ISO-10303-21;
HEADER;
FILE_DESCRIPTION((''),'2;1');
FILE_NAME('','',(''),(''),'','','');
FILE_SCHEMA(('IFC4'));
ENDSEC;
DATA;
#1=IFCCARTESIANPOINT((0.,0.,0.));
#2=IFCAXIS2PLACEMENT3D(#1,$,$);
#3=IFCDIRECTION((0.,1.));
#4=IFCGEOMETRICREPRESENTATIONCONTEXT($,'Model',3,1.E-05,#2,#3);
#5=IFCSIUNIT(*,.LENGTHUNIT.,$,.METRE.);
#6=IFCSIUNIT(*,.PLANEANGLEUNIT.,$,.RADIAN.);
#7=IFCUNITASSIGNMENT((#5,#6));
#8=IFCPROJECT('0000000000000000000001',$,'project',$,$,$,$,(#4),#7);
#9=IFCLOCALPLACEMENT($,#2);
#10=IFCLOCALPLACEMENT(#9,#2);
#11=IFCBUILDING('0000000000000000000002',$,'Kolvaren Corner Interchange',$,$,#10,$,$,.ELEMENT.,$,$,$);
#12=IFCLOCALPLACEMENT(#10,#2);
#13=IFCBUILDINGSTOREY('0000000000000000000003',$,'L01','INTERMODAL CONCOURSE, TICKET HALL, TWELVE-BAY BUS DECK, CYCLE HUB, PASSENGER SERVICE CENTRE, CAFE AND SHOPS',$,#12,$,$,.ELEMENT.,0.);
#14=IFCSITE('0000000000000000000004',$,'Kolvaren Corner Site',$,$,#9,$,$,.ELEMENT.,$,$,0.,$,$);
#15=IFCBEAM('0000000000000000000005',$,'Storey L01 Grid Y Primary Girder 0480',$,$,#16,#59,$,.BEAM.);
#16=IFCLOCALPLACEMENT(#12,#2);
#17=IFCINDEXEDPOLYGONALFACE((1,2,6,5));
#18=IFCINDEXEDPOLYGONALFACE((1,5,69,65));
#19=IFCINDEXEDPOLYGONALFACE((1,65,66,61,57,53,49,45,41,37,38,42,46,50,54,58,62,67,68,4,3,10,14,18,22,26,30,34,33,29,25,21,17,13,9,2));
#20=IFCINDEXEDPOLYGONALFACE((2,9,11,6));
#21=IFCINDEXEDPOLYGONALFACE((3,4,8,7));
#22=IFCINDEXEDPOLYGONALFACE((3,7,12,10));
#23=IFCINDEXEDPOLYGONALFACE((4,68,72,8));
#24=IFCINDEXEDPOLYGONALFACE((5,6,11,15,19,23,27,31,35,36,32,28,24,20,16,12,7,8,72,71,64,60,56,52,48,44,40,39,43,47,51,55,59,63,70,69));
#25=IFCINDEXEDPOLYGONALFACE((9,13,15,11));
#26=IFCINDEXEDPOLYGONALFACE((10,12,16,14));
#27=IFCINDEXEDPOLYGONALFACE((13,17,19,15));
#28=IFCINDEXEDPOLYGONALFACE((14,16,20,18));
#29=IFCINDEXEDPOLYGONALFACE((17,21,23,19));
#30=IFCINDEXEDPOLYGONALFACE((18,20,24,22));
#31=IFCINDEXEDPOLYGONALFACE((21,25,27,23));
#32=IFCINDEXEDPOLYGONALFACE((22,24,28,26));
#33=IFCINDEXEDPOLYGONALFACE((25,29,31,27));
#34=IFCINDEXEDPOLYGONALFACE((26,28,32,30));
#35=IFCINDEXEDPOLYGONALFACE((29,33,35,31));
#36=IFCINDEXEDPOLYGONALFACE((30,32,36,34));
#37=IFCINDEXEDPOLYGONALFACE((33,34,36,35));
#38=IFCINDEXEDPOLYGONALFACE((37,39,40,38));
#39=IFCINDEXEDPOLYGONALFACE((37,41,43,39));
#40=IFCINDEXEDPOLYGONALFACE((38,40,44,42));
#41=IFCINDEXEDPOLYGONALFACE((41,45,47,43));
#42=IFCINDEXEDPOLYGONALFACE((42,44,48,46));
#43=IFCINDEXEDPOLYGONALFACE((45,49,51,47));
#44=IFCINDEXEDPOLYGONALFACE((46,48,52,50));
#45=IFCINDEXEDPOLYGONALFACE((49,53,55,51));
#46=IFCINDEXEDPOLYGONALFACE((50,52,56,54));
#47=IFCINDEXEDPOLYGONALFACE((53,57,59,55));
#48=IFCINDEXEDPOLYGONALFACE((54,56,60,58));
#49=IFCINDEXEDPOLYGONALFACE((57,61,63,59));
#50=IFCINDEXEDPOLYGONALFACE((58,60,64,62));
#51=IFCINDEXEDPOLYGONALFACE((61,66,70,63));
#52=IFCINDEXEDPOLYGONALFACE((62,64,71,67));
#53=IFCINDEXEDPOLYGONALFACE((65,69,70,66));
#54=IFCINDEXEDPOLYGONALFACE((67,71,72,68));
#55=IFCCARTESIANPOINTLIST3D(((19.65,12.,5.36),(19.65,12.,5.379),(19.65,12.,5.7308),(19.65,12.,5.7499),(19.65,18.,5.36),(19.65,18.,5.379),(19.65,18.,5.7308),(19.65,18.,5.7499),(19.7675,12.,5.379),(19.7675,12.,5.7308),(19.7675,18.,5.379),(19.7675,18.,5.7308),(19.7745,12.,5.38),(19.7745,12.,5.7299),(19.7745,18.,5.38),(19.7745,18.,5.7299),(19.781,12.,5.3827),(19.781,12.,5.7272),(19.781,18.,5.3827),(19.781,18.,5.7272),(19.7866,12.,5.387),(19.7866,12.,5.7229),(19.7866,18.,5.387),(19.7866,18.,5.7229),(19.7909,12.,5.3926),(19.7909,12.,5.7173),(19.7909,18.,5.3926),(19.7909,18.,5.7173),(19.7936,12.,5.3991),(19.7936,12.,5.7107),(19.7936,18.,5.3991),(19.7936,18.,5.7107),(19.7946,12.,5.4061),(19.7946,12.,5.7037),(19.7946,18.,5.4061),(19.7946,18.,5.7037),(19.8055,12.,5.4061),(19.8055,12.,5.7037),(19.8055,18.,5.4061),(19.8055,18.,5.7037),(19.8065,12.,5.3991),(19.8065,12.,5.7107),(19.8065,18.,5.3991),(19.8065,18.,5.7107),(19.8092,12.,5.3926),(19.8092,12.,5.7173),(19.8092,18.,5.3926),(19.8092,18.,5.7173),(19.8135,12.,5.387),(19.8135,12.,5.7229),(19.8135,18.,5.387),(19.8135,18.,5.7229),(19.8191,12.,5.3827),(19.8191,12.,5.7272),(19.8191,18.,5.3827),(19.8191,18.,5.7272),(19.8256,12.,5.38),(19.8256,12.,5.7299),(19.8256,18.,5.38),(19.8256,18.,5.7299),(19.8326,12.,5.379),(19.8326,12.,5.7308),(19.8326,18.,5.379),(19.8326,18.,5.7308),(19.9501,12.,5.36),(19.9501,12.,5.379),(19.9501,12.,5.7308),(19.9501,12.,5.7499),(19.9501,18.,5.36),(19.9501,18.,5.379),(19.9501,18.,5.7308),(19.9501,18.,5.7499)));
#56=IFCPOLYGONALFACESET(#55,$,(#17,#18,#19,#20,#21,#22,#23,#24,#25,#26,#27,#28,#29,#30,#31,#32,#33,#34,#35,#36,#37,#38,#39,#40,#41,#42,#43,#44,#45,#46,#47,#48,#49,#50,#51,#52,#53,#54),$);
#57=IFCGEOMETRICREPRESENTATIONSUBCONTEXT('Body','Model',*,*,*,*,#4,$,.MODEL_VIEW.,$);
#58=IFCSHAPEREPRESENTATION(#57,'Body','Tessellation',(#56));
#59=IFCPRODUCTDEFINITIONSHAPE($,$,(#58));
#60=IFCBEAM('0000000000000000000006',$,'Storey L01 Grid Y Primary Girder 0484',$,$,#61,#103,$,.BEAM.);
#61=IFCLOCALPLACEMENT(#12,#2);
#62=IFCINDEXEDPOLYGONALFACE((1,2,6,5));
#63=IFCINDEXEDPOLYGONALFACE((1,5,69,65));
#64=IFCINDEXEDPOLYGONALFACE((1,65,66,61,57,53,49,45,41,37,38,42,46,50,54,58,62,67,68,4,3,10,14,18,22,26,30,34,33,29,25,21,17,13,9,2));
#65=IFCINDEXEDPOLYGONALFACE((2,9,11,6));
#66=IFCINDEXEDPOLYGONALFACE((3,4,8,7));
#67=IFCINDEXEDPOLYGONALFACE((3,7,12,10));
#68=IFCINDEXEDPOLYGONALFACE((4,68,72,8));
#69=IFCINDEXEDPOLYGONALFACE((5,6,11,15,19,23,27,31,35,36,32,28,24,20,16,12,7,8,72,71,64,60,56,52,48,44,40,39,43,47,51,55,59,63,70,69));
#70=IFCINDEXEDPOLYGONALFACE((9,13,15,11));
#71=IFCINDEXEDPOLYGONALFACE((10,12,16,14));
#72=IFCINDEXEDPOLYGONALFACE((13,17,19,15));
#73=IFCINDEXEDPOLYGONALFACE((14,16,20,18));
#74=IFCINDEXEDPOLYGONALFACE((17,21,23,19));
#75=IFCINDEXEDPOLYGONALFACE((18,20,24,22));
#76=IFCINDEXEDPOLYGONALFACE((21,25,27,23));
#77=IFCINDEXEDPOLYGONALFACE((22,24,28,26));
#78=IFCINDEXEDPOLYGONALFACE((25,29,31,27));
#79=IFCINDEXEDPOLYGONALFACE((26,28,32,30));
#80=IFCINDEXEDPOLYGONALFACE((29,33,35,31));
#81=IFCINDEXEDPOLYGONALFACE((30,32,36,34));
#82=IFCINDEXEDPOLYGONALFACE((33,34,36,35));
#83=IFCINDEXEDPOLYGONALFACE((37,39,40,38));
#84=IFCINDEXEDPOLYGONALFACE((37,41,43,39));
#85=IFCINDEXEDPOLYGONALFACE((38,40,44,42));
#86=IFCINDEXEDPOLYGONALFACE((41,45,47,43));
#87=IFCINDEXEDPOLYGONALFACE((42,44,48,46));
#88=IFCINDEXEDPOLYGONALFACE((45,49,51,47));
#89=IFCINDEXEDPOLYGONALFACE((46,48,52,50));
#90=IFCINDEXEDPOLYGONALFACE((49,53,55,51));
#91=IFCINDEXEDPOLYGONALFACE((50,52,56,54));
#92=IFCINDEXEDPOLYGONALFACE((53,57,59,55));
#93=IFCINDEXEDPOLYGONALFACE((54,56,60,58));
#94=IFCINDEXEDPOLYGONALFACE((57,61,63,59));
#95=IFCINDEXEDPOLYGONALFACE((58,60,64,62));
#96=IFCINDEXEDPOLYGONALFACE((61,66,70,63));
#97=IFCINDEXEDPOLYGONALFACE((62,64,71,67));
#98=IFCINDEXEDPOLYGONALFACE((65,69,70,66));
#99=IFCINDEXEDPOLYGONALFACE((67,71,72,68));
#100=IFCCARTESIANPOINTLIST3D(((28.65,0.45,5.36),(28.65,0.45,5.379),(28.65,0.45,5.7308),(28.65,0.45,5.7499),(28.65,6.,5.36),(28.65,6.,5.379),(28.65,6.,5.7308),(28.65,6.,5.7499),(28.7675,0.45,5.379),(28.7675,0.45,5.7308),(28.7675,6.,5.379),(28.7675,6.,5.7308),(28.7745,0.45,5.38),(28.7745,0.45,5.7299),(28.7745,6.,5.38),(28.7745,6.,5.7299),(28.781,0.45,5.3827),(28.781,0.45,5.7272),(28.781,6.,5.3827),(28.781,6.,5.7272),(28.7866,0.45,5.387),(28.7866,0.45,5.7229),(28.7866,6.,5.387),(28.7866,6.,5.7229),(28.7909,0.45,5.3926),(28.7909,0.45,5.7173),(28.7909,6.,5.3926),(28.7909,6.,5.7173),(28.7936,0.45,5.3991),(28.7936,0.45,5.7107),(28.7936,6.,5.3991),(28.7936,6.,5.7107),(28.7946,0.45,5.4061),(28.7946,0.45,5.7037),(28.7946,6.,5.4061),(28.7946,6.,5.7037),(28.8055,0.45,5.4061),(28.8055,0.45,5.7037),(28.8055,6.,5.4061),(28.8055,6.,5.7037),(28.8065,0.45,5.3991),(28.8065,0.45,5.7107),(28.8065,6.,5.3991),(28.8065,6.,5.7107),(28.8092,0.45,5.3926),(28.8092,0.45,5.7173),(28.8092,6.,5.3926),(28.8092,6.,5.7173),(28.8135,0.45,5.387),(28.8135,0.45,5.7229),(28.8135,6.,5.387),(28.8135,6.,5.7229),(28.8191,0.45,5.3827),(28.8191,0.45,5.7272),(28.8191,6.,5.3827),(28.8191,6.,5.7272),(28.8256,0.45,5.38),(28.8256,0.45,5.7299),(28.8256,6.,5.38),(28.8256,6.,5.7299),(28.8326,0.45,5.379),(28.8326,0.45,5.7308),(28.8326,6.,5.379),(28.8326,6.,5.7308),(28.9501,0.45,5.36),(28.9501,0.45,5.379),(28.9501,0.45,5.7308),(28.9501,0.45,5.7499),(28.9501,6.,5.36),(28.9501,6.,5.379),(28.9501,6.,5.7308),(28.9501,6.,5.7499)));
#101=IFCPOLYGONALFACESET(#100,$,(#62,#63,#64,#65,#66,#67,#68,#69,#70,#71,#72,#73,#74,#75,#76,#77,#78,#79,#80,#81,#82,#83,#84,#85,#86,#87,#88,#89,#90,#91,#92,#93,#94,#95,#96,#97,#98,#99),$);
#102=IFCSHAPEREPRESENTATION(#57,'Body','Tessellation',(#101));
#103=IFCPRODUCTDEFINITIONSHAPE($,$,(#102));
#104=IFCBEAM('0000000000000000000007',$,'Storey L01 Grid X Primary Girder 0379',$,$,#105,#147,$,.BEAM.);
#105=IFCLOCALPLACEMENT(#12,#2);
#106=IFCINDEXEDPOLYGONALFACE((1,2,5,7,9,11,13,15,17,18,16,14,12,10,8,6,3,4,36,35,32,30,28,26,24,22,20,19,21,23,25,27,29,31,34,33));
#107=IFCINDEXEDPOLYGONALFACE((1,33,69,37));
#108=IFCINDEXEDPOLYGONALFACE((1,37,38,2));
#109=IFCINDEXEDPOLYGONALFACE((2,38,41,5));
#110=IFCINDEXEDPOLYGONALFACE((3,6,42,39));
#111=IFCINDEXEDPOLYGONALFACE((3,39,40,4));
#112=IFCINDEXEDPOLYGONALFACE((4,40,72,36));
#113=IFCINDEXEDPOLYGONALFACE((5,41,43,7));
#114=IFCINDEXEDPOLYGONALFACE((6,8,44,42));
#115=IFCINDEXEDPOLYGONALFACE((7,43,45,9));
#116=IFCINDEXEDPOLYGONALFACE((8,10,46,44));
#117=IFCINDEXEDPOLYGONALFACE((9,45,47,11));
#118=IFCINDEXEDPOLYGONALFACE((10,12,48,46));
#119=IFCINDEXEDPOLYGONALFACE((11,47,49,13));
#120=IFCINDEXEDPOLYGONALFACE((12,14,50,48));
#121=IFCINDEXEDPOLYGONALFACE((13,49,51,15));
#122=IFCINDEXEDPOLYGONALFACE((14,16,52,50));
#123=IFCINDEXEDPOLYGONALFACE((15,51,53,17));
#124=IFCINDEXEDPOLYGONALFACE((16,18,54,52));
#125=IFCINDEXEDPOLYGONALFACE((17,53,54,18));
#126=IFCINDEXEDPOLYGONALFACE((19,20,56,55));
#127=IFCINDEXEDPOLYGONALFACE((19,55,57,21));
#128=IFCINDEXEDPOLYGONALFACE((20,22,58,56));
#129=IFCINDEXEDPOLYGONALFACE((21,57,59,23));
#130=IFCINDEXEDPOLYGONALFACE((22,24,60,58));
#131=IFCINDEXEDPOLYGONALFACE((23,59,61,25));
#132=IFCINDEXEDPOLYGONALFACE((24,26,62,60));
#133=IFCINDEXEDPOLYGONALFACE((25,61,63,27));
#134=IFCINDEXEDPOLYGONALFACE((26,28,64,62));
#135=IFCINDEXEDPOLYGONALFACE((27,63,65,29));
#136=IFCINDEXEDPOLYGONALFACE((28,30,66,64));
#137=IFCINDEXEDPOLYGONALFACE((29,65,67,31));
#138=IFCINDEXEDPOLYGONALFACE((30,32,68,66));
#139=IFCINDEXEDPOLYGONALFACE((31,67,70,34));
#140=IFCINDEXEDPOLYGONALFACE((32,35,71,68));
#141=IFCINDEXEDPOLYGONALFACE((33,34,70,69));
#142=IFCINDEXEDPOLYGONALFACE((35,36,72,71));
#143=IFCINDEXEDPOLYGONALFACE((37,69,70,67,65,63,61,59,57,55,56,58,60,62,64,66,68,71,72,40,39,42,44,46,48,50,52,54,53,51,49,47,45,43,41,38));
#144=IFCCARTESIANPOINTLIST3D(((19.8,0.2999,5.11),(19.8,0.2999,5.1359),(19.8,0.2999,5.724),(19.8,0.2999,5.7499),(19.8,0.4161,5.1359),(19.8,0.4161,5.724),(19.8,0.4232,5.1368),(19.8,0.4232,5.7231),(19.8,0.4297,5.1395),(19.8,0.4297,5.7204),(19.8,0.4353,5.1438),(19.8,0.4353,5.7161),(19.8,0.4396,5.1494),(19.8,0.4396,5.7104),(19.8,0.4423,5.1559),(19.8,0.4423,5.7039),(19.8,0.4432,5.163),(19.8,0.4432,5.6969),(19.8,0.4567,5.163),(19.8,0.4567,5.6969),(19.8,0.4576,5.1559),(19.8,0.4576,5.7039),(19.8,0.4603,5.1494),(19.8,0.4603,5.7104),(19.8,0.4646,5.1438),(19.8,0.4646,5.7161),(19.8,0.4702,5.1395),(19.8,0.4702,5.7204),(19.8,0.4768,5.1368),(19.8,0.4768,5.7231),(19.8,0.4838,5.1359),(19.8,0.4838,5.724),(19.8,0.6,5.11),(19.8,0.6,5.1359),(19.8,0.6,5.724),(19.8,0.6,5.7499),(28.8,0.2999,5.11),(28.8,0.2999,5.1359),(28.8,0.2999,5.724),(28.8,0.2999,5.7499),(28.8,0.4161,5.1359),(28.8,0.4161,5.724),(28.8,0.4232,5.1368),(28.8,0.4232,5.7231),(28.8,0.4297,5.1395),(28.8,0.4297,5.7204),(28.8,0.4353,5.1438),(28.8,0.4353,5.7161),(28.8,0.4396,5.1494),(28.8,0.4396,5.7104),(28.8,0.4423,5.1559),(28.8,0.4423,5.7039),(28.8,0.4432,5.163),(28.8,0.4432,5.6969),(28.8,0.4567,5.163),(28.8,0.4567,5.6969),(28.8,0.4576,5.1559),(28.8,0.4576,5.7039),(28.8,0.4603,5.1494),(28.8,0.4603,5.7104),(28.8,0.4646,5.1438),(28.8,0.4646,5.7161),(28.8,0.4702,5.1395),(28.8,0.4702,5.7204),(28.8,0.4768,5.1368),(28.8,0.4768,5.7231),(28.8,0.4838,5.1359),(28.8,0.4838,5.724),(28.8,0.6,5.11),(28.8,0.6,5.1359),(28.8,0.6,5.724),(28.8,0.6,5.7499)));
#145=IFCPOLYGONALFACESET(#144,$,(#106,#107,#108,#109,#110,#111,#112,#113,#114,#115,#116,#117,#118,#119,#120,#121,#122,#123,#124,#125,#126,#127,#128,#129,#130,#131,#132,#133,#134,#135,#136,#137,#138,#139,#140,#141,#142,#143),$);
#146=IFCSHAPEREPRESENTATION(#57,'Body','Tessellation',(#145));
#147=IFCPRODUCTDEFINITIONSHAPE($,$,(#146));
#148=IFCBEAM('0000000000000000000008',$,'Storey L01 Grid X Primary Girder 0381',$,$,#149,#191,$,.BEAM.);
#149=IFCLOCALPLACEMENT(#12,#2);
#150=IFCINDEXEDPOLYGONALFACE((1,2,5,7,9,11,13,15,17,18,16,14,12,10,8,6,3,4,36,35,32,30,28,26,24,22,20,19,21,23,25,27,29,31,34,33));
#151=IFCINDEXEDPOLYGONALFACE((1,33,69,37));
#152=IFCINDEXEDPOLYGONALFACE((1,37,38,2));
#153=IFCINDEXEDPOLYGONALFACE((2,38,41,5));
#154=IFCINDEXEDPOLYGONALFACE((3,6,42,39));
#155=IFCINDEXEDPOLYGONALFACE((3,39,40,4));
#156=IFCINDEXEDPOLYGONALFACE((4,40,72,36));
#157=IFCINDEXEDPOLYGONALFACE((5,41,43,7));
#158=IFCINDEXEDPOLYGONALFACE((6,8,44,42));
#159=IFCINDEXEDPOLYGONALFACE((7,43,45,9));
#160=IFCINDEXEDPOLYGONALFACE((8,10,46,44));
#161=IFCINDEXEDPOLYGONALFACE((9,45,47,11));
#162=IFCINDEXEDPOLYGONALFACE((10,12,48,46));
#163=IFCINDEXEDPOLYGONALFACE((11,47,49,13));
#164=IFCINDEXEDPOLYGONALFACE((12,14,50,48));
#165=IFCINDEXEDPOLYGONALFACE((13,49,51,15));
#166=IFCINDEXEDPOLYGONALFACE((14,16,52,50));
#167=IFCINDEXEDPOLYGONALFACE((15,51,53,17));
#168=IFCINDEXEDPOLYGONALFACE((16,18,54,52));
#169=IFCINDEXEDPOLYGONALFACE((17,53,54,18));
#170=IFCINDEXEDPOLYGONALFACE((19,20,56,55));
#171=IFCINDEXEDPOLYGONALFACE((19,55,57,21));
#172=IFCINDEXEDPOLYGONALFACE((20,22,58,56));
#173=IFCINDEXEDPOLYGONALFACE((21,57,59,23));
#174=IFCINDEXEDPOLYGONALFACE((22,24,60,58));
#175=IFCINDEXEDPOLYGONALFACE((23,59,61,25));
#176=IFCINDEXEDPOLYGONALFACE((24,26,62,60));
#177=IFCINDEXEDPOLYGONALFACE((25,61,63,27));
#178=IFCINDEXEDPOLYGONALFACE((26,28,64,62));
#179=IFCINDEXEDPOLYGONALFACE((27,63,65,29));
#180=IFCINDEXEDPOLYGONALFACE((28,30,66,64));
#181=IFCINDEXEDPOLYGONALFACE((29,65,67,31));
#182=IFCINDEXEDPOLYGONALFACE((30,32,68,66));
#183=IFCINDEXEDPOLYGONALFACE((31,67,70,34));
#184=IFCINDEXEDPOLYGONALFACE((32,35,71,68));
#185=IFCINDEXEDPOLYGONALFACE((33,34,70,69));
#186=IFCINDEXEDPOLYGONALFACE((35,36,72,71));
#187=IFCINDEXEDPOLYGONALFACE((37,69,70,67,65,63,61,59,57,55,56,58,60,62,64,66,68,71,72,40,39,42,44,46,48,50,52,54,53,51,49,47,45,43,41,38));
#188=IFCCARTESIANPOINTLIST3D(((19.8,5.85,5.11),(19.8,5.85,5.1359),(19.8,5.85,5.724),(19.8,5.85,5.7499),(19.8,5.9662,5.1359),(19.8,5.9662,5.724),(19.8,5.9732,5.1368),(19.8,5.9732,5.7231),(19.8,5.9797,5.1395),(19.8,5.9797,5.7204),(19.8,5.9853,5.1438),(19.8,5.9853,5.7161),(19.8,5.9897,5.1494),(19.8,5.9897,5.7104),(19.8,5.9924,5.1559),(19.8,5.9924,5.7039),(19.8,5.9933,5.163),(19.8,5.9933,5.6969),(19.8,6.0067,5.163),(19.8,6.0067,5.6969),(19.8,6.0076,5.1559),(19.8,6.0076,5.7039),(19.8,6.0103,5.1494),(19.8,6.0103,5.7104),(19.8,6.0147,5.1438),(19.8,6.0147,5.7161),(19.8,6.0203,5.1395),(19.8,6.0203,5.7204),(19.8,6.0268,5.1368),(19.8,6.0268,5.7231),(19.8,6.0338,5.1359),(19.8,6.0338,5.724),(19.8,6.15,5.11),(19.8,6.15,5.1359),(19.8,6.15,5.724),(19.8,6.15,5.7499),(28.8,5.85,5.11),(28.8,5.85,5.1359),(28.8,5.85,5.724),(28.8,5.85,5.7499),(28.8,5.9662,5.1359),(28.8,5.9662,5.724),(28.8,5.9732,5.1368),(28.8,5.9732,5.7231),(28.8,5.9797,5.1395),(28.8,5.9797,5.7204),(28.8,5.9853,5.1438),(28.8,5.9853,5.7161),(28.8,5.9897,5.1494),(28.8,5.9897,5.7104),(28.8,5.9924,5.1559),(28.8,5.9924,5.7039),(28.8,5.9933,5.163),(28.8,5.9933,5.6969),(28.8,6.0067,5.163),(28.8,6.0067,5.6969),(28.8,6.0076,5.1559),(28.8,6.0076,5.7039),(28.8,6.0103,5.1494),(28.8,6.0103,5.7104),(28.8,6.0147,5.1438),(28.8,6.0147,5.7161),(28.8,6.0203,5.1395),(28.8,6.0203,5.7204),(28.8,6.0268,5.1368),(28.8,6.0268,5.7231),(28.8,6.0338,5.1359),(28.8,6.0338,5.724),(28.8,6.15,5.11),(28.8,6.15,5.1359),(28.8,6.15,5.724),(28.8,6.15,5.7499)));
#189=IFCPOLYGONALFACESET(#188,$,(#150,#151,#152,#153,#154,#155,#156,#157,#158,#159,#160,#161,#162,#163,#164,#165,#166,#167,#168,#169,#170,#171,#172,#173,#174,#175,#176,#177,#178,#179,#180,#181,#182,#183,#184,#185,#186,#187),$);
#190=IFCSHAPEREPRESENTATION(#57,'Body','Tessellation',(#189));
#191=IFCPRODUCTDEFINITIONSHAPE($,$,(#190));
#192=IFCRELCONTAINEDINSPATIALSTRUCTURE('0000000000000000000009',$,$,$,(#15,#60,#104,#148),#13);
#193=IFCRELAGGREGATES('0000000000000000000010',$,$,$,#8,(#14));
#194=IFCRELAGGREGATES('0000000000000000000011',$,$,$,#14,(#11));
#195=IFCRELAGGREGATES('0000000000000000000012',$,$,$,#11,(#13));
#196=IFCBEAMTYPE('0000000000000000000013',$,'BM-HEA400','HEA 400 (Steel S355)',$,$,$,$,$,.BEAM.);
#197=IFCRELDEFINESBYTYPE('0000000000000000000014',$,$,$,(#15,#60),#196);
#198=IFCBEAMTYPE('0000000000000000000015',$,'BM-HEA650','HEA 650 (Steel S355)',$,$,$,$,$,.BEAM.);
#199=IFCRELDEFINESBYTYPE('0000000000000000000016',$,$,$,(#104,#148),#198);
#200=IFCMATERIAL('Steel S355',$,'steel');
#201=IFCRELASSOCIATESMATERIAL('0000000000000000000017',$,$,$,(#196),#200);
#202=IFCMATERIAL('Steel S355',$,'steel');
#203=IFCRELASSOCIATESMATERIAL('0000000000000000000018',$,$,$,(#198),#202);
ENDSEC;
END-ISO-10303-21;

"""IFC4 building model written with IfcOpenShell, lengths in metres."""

from ifc_helpers import new_model, si_unit, direction, frame, origin, origin_2d, place, context, subcontext, project, spatial, i_section, extrude, material, material_profile, profile_set, type_object, element, save


model = new_model("IFC4")

# Units and contexts
model_context = context("Model", 3, precision=1e-05, world=origin(), true_north=direction((0.0, 1.0)))
body_context = subcontext(model_context, "Body", "Model", "MODEL_VIEW")
ifc_project = project(units=[si_unit("LENGTHUNIT", "METRE"), si_unit("PLANEANGLEUNIT", "RADIAN")], contexts=[model_context])

# Site, building, storey
site_placement = place(None, origin())
site = spatial("IfcSite", under=ifc_project, at=site_placement, Name="Kolvaren Corner Site", CompositionType="ELEMENT", RefElevation=0.0)
building_placement = place(site_placement, origin())
building = spatial("IfcBuilding", under=site, at=building_placement, Name="Kolvaren Corner Interchange", CompositionType="ELEMENT")
storey_placement = place(building_placement, origin())
storey = spatial("IfcBuildingStorey", under=building, at=storey_placement, Name="L01", Description="INTERMODAL CONCOURSE, TICKET HALL, TWELVE-BAY BUS DECK, CYCLE HUB, PASSENGER SERVICE CENTRE, CAFE AND SHOPS", CompositionType="ELEMENT", Elevation=0.0)

# Beams
ifc_material_1 = material(Name="Steel S355", Category="steel")
ifc_material_profile_1 = material_profile(ifc_material_1, i_section(OverallWidth=0.3, OverallDepth=0.3899, WebThickness=0.011, FlangeThickness=0.019, FilletRadius=0.0271, at=origin_2d()), Name="HEA 400")
ifc_profile_set_1 = profile_set([ifc_material_profile_1], Name="Steel S355")
beam_type_1 = type_object("IfcBeamType", Name="BM-HEA400", Description="HEA 400 (Steel S355)", PredefinedType="BEAM", material=ifc_profile_set_1)
for number, where, z_axis, x_axis, name in (
    (1, (19.8, 12.0, 5.5549), (0.0, 1.0, 0.0), (-1.0, 0.0, 0.0), "Storey L01 Grid Y Primary Girder 0480"),
):
    element("IfcBeam", number, at=place(storey_placement, frame(where, z_axis=z_axis, x_axis=x_axis)), inside=storey, type_object=beam_type_1, Name=name, PredefinedType="BEAM", context=body_context, shape_type="SweptSolid", body=[
        extrude(i_section(OverallWidth=0.3, OverallDepth=0.3899, WebThickness=0.011, FlangeThickness=0.019, FilletRadius=0.0271, at=origin_2d()), origin(), (0.0, 0.0, 1.0), 6.0),
    ])
beam_1_placement = place(storey_placement, frame((28.8, 0.45, 5.5549), z_axis=(0.0, 1.0, 0.0), x_axis=(-1.0, 0.0, 0.0)))
element("IfcBeam", 2, at=beam_1_placement, inside=storey, type_object=beam_type_1, Name="Storey L01 Grid Y Primary Girder 0484", PredefinedType="BEAM", context=body_context, shape_type="SweptSolid", body=[
    extrude(i_section(OverallWidth=0.3, OverallDepth=0.3899, WebThickness=0.011, FlangeThickness=0.019, FilletRadius=0.0271, at=origin_2d()), origin(), (0.0, 0.0, 1.0), 5.55),
])
ifc_material_2 = material(Name="Steel S355", Category="steel")
ifc_material_profile_2 = material_profile(ifc_material_2, i_section(OverallWidth=0.3, OverallDepth=0.6399, WebThickness=0.0134, FlangeThickness=0.0259, FilletRadius=0.0271, at=origin_2d()), Name="HEA 650")
ifc_profile_set_2 = profile_set([ifc_material_profile_2], Name="Steel S355")
beam_type_2 = type_object("IfcBeamType", Name="BM-HEA650", Description="HEA 650 (Steel S355)", PredefinedType="BEAM", material=ifc_profile_set_2)
for number, where, z_axis, x_axis, name in (
    (3, (19.8, 0.45, 5.4299), (1.0, 0.0, 0.0), (0.0, 1.0, 0.0), "Storey L01 Grid X Primary Girder 0379"),
    (4, (19.8, 6.0, 5.4299), (1.0, 0.0, 0.0), (0.0, 1.0, 0.0), "Storey L01 Grid X Primary Girder 0381"),
):
    element("IfcBeam", number, at=place(storey_placement, frame(where, z_axis=z_axis, x_axis=x_axis)), inside=storey, type_object=beam_type_2, Name=name, PredefinedType="BEAM", context=body_context, shape_type="SweptSolid", body=[
        extrude(i_section(OverallWidth=0.3, OverallDepth=0.6399, WebThickness=0.0134, FlangeThickness=0.0259, FilletRadius=0.0271, at=origin_2d()), origin(), (0.0, 0.0, 1.0), 9.0),
    ])

save(model, "model.ifc")
